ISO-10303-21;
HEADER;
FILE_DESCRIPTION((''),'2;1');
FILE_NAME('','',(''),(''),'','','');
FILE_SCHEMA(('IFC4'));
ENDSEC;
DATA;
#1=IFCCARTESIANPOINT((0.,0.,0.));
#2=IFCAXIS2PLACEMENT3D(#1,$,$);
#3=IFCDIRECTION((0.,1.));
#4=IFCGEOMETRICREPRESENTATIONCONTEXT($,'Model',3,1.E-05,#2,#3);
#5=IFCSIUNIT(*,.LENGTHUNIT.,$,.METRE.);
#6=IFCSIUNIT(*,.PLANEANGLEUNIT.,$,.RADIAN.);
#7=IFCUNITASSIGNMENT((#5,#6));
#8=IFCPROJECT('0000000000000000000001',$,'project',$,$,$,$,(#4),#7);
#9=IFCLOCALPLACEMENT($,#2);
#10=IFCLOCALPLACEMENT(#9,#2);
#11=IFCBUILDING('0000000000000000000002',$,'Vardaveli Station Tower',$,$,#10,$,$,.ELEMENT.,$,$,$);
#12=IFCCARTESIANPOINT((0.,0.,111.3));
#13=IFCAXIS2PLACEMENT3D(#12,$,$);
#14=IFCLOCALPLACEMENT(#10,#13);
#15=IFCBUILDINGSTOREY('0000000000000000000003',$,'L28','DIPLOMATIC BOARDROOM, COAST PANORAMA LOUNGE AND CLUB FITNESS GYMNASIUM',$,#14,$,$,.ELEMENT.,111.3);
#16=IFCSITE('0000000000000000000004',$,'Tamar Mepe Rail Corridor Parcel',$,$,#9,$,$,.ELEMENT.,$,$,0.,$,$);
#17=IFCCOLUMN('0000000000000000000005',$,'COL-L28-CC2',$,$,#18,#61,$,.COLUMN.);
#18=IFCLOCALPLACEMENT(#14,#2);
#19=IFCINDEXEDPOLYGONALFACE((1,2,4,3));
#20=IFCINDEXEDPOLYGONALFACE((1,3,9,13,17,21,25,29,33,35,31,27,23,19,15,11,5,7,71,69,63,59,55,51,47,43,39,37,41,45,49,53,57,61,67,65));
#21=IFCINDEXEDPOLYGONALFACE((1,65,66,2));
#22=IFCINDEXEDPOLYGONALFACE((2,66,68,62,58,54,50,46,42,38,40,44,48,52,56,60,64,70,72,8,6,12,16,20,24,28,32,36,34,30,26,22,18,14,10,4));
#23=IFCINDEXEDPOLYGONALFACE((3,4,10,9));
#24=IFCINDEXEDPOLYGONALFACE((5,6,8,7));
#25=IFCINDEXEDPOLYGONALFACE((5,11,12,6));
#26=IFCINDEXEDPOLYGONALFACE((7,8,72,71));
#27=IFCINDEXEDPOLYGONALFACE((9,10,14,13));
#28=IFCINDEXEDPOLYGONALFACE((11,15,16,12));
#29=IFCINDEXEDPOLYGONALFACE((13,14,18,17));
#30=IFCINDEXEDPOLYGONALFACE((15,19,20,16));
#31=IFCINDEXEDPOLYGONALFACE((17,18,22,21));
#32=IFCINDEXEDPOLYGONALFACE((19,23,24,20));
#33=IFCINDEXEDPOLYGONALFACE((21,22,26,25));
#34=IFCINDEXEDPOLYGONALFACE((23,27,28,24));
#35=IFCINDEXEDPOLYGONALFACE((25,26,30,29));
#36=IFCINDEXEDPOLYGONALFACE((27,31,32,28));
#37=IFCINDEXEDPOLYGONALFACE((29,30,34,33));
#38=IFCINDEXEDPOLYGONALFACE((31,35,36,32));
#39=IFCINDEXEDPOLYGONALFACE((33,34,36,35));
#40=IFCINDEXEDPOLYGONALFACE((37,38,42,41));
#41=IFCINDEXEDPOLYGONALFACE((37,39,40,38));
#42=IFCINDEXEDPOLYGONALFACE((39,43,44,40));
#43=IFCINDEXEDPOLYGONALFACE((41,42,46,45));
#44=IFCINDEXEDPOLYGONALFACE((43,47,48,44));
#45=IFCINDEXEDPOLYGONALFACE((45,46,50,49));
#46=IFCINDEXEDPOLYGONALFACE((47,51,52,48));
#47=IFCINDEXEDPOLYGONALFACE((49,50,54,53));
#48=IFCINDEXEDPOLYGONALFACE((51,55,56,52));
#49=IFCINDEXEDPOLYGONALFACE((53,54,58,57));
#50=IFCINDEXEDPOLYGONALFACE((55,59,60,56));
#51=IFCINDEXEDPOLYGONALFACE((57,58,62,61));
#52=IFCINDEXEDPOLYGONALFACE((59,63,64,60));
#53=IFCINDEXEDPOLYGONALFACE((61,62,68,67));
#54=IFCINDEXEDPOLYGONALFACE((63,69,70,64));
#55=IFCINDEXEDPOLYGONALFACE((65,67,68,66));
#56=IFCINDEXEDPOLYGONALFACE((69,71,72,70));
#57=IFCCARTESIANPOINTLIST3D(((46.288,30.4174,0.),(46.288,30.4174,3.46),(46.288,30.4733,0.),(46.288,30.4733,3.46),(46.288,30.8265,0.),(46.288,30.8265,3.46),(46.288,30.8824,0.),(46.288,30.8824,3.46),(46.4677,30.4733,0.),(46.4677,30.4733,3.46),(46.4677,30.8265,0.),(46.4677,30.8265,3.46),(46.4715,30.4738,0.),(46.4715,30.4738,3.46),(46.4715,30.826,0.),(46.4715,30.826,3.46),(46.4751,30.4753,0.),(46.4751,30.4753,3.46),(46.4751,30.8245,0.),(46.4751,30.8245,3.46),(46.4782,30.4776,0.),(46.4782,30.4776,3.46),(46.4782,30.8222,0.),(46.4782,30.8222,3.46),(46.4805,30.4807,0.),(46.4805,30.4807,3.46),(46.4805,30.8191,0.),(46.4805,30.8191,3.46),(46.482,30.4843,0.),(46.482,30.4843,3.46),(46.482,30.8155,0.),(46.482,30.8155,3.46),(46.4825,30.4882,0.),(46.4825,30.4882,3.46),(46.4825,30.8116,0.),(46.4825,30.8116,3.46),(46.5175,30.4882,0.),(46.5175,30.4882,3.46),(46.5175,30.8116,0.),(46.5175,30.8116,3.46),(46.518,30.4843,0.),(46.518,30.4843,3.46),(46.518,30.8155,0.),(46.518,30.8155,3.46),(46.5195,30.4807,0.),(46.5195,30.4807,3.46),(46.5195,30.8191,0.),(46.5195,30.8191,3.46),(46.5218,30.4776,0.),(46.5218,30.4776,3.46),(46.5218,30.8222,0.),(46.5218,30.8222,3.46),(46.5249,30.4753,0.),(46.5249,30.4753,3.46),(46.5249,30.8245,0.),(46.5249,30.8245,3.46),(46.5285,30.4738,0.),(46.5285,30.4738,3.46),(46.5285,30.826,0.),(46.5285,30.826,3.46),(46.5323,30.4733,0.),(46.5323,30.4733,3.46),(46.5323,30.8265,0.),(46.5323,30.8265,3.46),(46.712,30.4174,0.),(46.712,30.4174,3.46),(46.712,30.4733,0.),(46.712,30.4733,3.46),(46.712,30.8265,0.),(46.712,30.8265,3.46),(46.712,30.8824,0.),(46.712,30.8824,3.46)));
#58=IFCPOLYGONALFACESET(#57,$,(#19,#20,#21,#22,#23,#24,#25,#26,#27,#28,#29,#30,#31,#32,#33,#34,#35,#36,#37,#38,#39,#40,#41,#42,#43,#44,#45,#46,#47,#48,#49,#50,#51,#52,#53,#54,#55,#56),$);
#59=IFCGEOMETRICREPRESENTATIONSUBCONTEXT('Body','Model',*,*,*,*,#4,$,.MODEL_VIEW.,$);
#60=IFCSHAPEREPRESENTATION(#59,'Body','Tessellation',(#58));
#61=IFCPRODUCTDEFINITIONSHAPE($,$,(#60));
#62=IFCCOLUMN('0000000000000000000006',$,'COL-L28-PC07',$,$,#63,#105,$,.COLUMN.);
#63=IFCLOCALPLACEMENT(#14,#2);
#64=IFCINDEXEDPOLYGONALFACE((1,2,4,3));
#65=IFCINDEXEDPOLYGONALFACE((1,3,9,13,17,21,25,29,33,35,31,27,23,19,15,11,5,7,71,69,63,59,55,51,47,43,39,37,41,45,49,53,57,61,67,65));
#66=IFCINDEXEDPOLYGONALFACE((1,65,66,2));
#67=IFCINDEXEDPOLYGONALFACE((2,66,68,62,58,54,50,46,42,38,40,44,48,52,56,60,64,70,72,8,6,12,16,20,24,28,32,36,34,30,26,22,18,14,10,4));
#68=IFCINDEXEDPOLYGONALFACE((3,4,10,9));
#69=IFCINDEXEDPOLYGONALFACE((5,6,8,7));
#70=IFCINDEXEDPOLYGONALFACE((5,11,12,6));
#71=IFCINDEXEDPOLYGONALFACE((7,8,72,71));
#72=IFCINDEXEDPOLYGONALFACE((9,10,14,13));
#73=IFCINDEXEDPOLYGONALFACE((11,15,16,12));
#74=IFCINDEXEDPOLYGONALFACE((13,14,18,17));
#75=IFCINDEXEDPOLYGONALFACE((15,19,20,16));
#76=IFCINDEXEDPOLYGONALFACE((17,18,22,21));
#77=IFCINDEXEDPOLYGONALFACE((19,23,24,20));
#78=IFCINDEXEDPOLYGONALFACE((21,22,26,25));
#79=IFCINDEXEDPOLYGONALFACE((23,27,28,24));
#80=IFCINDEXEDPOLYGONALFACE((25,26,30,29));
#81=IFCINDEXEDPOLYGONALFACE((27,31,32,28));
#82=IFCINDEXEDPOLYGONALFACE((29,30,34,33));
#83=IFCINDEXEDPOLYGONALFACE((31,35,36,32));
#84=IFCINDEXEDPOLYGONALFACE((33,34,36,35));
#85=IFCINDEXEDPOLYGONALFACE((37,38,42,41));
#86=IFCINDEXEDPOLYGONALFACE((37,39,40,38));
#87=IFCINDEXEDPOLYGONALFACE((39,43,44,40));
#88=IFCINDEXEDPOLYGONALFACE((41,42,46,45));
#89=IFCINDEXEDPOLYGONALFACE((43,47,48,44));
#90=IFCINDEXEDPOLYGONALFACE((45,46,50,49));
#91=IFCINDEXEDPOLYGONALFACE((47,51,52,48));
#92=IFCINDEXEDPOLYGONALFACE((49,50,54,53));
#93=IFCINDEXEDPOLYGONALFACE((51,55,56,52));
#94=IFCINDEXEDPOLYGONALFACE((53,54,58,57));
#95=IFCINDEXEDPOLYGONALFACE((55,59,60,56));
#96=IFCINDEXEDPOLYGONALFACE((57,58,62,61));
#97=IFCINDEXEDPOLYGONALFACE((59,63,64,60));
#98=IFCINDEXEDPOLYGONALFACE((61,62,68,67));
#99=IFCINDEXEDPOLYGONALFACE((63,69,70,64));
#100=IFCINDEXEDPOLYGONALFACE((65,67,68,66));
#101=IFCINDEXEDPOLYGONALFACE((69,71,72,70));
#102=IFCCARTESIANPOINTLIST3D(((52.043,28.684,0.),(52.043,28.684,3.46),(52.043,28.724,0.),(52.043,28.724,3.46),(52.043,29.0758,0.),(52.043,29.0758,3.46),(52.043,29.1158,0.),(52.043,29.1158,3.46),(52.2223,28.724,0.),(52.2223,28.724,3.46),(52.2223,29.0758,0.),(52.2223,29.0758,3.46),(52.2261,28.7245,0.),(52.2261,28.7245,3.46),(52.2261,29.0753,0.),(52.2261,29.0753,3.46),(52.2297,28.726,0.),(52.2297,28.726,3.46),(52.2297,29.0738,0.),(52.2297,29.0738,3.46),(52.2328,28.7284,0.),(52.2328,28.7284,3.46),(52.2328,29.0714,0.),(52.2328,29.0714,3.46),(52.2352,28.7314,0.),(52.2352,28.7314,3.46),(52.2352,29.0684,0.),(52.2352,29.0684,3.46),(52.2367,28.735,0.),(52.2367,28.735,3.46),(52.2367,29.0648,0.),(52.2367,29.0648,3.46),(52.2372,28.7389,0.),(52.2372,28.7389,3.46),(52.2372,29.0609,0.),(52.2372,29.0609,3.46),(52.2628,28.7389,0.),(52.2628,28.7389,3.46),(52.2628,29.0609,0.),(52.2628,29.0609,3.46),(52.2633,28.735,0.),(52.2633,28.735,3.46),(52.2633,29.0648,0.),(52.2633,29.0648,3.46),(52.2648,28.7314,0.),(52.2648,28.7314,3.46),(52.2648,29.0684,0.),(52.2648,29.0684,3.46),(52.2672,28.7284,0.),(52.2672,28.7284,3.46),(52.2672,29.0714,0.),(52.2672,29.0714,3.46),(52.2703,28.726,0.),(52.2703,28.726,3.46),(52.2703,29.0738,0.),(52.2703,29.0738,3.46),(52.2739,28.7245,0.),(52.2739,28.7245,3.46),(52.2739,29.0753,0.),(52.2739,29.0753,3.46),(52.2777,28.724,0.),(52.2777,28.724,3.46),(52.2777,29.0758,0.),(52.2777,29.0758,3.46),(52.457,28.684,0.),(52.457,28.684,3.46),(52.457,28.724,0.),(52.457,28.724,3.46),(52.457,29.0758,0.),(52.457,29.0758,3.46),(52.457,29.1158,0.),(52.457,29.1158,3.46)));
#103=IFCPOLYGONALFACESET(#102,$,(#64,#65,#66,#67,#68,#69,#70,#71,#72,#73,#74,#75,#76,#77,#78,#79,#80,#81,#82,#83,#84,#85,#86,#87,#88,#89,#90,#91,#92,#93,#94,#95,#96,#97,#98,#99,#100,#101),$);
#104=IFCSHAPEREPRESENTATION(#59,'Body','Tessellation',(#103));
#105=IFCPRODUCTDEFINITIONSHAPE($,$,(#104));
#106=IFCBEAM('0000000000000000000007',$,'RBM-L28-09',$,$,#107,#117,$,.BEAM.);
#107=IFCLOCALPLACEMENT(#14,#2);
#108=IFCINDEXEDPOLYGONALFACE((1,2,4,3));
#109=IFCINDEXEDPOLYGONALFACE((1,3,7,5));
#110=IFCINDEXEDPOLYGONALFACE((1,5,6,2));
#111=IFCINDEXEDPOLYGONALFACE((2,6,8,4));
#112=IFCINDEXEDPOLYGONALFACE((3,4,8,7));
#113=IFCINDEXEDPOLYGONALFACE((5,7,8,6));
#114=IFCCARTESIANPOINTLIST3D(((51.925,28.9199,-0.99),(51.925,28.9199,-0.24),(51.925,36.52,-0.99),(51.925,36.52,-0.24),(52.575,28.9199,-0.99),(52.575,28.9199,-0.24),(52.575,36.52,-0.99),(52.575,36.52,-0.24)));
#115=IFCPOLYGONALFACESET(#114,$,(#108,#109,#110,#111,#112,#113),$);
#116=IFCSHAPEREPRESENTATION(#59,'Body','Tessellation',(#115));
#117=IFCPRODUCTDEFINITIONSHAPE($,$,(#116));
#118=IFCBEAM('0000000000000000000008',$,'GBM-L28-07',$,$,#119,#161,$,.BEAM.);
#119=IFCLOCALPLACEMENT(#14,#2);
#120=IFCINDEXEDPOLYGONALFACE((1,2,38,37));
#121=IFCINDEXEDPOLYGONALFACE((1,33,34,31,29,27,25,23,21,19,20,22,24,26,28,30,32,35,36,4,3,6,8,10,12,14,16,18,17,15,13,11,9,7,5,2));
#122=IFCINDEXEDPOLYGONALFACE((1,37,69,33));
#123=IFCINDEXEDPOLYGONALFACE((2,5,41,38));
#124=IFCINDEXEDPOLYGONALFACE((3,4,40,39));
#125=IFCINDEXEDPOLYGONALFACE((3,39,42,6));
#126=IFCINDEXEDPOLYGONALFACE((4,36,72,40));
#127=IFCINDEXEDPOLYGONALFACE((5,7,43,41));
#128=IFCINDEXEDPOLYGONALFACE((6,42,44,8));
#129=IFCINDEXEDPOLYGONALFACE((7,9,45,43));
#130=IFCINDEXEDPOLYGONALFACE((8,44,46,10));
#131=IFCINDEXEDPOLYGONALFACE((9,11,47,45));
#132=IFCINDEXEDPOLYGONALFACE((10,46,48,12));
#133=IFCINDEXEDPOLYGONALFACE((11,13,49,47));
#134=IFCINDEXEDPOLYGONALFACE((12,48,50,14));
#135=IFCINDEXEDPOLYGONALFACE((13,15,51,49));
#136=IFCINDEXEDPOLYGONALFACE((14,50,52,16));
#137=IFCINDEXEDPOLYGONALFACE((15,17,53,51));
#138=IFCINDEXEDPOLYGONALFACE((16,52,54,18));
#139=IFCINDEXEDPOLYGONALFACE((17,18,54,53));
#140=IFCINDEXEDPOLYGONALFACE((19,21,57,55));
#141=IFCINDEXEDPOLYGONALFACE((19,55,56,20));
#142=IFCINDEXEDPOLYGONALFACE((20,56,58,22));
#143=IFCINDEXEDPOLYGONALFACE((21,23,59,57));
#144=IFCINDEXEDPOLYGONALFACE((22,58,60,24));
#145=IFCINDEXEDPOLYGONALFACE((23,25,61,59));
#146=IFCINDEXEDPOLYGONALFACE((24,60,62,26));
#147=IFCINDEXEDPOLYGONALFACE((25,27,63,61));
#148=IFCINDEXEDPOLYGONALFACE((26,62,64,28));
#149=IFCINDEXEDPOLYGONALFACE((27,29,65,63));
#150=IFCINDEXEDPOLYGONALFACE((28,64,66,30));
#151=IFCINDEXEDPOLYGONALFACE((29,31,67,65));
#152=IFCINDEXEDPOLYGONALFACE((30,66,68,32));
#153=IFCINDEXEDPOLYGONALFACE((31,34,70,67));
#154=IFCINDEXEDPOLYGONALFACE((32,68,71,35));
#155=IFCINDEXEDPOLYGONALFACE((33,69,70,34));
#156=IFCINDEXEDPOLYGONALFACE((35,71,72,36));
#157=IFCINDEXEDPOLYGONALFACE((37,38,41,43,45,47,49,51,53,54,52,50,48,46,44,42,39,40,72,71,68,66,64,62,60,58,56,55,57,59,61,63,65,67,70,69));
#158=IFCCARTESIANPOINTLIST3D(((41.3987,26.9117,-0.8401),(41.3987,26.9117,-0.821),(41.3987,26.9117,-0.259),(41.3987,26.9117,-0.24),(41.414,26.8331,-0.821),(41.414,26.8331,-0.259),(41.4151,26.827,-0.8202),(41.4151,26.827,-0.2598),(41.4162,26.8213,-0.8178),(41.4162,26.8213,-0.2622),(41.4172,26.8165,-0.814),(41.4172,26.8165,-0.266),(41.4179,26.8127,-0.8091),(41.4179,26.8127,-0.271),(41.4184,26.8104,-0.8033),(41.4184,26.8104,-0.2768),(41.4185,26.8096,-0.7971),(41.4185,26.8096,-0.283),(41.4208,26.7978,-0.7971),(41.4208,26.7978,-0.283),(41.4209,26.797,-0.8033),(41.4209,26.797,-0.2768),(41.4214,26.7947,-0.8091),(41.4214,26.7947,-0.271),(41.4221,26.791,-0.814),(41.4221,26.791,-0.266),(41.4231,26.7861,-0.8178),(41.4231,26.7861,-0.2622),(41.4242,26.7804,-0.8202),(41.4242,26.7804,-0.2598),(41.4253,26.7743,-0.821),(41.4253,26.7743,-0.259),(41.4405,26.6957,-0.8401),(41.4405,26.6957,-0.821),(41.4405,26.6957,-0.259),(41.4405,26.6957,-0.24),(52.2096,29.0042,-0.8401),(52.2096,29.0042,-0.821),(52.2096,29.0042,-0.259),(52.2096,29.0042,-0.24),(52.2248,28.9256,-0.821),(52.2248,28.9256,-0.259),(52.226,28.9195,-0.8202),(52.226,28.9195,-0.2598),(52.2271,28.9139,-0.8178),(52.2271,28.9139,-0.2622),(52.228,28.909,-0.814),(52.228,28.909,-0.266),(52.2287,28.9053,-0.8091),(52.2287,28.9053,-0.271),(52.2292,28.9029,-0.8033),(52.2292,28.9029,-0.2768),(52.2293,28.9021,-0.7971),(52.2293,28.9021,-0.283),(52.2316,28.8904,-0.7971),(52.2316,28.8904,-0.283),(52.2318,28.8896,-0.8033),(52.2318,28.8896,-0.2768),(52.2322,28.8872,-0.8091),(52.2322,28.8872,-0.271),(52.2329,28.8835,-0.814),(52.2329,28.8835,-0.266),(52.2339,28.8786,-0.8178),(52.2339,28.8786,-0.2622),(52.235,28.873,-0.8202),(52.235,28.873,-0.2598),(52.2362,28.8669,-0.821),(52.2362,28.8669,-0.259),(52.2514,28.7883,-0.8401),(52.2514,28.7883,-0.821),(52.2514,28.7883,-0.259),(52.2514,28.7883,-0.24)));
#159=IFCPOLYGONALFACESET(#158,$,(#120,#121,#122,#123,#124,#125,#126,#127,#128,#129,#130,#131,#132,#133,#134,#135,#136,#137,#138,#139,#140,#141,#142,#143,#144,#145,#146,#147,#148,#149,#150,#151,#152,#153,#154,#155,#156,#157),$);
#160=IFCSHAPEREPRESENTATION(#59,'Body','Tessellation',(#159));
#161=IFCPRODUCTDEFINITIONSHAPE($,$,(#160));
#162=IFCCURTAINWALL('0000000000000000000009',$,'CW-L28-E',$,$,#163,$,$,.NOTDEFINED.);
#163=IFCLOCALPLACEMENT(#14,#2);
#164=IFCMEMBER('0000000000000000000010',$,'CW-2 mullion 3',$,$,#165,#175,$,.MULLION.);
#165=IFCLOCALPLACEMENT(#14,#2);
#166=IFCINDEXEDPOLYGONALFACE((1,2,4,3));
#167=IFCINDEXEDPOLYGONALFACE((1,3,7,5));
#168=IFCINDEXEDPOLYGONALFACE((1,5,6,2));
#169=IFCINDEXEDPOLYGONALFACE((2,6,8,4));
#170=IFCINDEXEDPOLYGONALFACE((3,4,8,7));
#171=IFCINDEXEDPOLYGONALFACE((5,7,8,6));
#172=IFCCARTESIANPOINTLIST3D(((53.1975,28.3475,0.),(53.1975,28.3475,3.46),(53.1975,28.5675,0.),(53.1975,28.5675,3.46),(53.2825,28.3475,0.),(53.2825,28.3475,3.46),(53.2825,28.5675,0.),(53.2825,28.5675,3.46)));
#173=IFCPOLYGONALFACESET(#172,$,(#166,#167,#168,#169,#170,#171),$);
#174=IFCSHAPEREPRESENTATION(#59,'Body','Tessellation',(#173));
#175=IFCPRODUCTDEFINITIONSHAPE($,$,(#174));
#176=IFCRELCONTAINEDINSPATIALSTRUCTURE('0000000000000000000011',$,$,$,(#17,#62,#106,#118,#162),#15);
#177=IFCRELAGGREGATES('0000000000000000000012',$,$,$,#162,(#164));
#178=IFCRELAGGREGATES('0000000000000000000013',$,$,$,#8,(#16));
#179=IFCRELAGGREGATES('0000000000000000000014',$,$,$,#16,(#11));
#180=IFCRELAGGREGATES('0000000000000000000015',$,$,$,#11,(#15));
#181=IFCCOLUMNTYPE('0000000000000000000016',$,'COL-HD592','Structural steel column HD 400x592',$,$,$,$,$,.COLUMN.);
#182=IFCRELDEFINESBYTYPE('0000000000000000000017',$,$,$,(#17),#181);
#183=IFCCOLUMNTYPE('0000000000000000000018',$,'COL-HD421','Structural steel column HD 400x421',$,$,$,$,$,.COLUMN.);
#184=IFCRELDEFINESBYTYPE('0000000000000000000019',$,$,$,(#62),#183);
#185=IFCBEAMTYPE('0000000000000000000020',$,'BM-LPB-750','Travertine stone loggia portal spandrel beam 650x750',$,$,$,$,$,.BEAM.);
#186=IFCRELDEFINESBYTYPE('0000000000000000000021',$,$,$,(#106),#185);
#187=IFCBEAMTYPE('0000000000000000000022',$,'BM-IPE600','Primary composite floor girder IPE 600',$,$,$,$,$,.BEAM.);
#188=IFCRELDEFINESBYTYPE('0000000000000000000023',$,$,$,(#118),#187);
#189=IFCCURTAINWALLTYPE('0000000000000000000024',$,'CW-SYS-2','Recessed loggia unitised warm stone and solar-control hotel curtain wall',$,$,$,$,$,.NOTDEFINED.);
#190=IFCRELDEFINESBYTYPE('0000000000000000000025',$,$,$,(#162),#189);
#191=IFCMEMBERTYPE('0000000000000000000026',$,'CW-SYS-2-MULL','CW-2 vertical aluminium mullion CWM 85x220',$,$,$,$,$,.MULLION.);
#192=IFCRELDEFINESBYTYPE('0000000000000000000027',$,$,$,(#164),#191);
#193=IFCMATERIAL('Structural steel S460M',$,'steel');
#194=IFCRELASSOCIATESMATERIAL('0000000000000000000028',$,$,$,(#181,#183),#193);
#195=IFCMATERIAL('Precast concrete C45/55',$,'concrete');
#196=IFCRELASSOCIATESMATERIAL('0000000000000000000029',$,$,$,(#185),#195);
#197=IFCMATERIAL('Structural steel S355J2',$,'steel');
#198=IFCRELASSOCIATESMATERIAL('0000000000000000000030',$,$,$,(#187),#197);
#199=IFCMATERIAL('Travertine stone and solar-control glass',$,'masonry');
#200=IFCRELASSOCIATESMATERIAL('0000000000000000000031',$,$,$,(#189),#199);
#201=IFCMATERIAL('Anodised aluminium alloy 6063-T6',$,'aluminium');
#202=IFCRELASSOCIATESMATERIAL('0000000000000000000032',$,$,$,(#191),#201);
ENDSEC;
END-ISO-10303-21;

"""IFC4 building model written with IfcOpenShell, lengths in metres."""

from ifc_helpers import new_model, si_unit, direction, frame, origin, origin_2d, place, context, subcontext, project, spatial, rectangle, i_section, extrude, source, transform, mapped, material, material_profile, profile_set, type_object, element, aggregate, save


model = new_model("IFC4")

# Units and contexts
model_context = context("Model", 3, precision=1e-05, world=origin(), true_north=direction((0.0, 1.0)))
body_context = subcontext(model_context, "Body", "Model", "MODEL_VIEW")
ifc_project = project(units=[si_unit("LENGTHUNIT", "METRE"), si_unit("PLANEANGLEUNIT", "RADIAN")], contexts=[model_context])

# Site, building, storey
site_placement = place(None, origin())
site = spatial("IfcSite", under=ifc_project, at=site_placement, Name="Tamar Mepe Rail Corridor Parcel", CompositionType="ELEMENT", RefElevation=0.0)
building_placement = place(site_placement, origin())
building = spatial("IfcBuilding", under=site, at=building_placement, Name="Vardaveli Station Tower", CompositionType="ELEMENT")
storey_placement = place(building_placement, frame((0.0, 0.0, 111.3)))
storey = spatial("IfcBuildingStorey", under=building, at=storey_placement, Name="L28", Description="DIPLOMATIC BOARDROOM, COAST PANORAMA LOUNGE AND CLUB FITNESS GYMNASIUM", CompositionType="ELEMENT", Elevation=111.3)

# Columns
ifc_material_1 = material(Name="Structural steel S460M", Category="steel")
ifc_material_profile_1 = material_profile(ifc_material_1, i_section(OverallWidth=0.4241, OverallDepth=0.4651, WebThickness=0.0349, FlangeThickness=0.0559, FilletRadius=0.0149, at=origin_2d()), Name="HD 400x592")
ifc_profile_set_1 = profile_set([ifc_material_profile_1], Name="Structural steel S460M")
column_type_1 = type_object("IfcColumnType", Name="COL-HD592", Description="Structural steel column HD 400x592", PredefinedType="COLUMN", material=ifc_profile_set_1)
shared_shape_1 = source(origin(), body_context, "Body", "SweptSolid", [
    extrude(i_section(OverallWidth=0.4241, OverallDepth=0.4651, WebThickness=0.0349, FlangeThickness=0.0559, FilletRadius=0.0149, at=origin_2d()), origin(), (0.0, 0.0, 1.0), 3.46),
])
column_1_placement = place(storey_placement, frame((46.5, 30.6499, 0.0), z_axis=(0.0, 0.0, 1.0), x_axis=(1.0, 0.0, 0.0)))
element("IfcColumn", 1, at=column_1_placement, inside=storey, type_object=column_type_1, Name="COL-L28-CC2", PredefinedType="COLUMN", context=body_context, shape_type="MappedRepresentation", body=[
    mapped(shared_shape_1, transform((0.0, 0.0, 0.0), scale=1.0)),
])
ifc_material_profile_2 = material_profile(ifc_material_1, i_section(OverallWidth=0.4141, OverallDepth=0.4319, WebThickness=0.0256, FlangeThickness=0.04, FilletRadius=0.0149, at=origin_2d()), Name="HD 400x421")
ifc_profile_set_2 = profile_set([ifc_material_profile_2], Name="Structural steel S460M")
column_type_2 = type_object("IfcColumnType", Name="COL-HD421", Description="Structural steel column HD 400x421", PredefinedType="COLUMN", material=ifc_profile_set_2)
shared_shape_2 = source(origin(), body_context, "Body", "SweptSolid", [
    extrude(i_section(OverallWidth=0.4141, OverallDepth=0.4319, WebThickness=0.0256, FlangeThickness=0.04, FilletRadius=0.0149, at=origin_2d()), origin(), (0.0, 0.0, 1.0), 3.46),
])
column_2_placement = place(storey_placement, frame((52.25, 28.8999, 0.0), z_axis=(0.0, 0.0, 1.0), x_axis=(1.0, 0.0, 0.0)))
element("IfcColumn", 2, at=column_2_placement, inside=storey, type_object=column_type_2, Name="COL-L28-PC07", PredefinedType="COLUMN", context=body_context, shape_type="MappedRepresentation", body=[
    mapped(shared_shape_2, transform((0.0, 0.0, 0.0), scale=1.0)),
])

# Beams
ifc_material_2 = material(Name="Precast concrete C45/55", Category="concrete")
ifc_material_profile_3 = material_profile(ifc_material_2, rectangle(XDim=0.6499, YDim=0.75, at=origin_2d()), Name="LPB 650x750")
ifc_profile_set_3 = profile_set([ifc_material_profile_3], Name="Precast concrete C45/55")
beam_type_1 = type_object("IfcBeamType", Name="BM-LPB-750", Description="Travertine stone loggia portal spandrel beam 650x750", PredefinedType="BEAM", material=ifc_profile_set_3)
shared_shape_3 = source(origin(), body_context, "Body", "SweptSolid", [
    extrude(rectangle(XDim=0.6499, YDim=0.75, at=origin_2d()), origin(), (0.0, 0.0, 1.0), 7.6001),
])
beam_1_placement = place(storey_placement, frame((52.25, 28.9199, -0.615), z_axis=(0.0, 1.0, 0.0), x_axis=(-1.0, 0.0, 0.0)))
element("IfcBeam", 3, at=beam_1_placement, inside=storey, type_object=beam_type_1, Name="RBM-L28-09", PredefinedType="BEAM", context=body_context, shape_type="MappedRepresentation", body=[
    mapped(shared_shape_3, transform((0.0, 0.0, 0.0), scale=1.0)),
])
ifc_material_3 = material(Name="Structural steel S355J2", Category="steel")
ifc_material_profile_4 = material_profile(ifc_material_3, i_section(OverallWidth=0.22, OverallDepth=0.6001, WebThickness=0.012, FlangeThickness=0.019, FilletRadius=0.0239, at=origin_2d()), Name="IPE 600")
ifc_profile_set_4 = profile_set([ifc_material_profile_4], Name="Structural steel S355J2")
beam_type_2 = type_object("IfcBeamType", Name="BM-IPE600", Description="Primary composite floor girder IPE 600", PredefinedType="BEAM", material=ifc_profile_set_4)
shared_shape_4 = source(origin(), body_context, "Body", "SweptSolid", [
    extrude(i_section(OverallWidth=0.22, OverallDepth=0.6001, WebThickness=0.012, FlangeThickness=0.019, FilletRadius=0.0239, at=origin_2d()), origin(), (0.0, 0.0, 1.0), 11.0115),
])
beam_2_placement = place(storey_placement, frame((52.2305, 28.8962, -0.54), z_axis=(-0.981778, -0.190032, 0.0), x_axis=(0.190032, -0.981778, 0.0)))
element("IfcBeam", 4, at=beam_2_placement, inside=storey, type_object=beam_type_2, Name="GBM-L28-07", PredefinedType="BEAM", context=body_context, shape_type="MappedRepresentation", body=[
    mapped(shared_shape_4, transform((0.0, 0.0, 0.0), scale=1.0)),
])

# Curtain wall, member
ifc_material_4 = material(Name="Travertine stone and solar-control glass", Category="masonry")
curtain_wall_type = type_object("IfcCurtainWallType", Name="CW-SYS-2", Description="Recessed loggia unitised warm stone and solar-control hotel curtain wall", PredefinedType="NOTDEFINED", material=ifc_material_4)
curtain_wall_placement = place(storey_placement, origin())
curtain_wall = element("IfcCurtainWall", 5, at=curtain_wall_placement, inside=storey, type_object=curtain_wall_type, Name="CW-L28-E", PredefinedType="NOTDEFINED")
ifc_material_5 = material(Name="Anodised aluminium alloy 6063-T6", Category="aluminium")
ifc_material_profile_5 = material_profile(ifc_material_5, rectangle(XDim=0.085, YDim=0.22, at=origin_2d()), Name="CWM 85x220")
ifc_profile_set_5 = profile_set([ifc_material_profile_5], Name="Anodised aluminium alloy 6063-T6")
member_type = type_object("IfcMemberType", Name="CW-SYS-2-MULL", Description="CW-2 vertical aluminium mullion CWM 85x220", PredefinedType="MULLION", material=ifc_profile_set_5)
shared_shape_5 = source(origin(), body_context, "Body", "SweptSolid", [
    extrude(rectangle(XDim=0.085, YDim=0.22, at=origin_2d()), origin(), (0.0, 0.0, 1.0), 3.46),
])
member_placement = place(storey_placement, frame((53.24, 28.4575, 0.0), z_axis=(0.0, 0.0, 1.0), x_axis=(-1.0, 0.0, 0.0)))
member = element("IfcMember", 6, at=member_placement, type_object=member_type, Name="CW-2 mullion 3", PredefinedType="MULLION", context=body_context, shape_type="MappedRepresentation", body=[
    mapped(shared_shape_5, transform((0.0, 0.0, 0.0), scale=1.0)),
])
aggregate(curtain_wall, [member])

save(model, "model.ifc")
